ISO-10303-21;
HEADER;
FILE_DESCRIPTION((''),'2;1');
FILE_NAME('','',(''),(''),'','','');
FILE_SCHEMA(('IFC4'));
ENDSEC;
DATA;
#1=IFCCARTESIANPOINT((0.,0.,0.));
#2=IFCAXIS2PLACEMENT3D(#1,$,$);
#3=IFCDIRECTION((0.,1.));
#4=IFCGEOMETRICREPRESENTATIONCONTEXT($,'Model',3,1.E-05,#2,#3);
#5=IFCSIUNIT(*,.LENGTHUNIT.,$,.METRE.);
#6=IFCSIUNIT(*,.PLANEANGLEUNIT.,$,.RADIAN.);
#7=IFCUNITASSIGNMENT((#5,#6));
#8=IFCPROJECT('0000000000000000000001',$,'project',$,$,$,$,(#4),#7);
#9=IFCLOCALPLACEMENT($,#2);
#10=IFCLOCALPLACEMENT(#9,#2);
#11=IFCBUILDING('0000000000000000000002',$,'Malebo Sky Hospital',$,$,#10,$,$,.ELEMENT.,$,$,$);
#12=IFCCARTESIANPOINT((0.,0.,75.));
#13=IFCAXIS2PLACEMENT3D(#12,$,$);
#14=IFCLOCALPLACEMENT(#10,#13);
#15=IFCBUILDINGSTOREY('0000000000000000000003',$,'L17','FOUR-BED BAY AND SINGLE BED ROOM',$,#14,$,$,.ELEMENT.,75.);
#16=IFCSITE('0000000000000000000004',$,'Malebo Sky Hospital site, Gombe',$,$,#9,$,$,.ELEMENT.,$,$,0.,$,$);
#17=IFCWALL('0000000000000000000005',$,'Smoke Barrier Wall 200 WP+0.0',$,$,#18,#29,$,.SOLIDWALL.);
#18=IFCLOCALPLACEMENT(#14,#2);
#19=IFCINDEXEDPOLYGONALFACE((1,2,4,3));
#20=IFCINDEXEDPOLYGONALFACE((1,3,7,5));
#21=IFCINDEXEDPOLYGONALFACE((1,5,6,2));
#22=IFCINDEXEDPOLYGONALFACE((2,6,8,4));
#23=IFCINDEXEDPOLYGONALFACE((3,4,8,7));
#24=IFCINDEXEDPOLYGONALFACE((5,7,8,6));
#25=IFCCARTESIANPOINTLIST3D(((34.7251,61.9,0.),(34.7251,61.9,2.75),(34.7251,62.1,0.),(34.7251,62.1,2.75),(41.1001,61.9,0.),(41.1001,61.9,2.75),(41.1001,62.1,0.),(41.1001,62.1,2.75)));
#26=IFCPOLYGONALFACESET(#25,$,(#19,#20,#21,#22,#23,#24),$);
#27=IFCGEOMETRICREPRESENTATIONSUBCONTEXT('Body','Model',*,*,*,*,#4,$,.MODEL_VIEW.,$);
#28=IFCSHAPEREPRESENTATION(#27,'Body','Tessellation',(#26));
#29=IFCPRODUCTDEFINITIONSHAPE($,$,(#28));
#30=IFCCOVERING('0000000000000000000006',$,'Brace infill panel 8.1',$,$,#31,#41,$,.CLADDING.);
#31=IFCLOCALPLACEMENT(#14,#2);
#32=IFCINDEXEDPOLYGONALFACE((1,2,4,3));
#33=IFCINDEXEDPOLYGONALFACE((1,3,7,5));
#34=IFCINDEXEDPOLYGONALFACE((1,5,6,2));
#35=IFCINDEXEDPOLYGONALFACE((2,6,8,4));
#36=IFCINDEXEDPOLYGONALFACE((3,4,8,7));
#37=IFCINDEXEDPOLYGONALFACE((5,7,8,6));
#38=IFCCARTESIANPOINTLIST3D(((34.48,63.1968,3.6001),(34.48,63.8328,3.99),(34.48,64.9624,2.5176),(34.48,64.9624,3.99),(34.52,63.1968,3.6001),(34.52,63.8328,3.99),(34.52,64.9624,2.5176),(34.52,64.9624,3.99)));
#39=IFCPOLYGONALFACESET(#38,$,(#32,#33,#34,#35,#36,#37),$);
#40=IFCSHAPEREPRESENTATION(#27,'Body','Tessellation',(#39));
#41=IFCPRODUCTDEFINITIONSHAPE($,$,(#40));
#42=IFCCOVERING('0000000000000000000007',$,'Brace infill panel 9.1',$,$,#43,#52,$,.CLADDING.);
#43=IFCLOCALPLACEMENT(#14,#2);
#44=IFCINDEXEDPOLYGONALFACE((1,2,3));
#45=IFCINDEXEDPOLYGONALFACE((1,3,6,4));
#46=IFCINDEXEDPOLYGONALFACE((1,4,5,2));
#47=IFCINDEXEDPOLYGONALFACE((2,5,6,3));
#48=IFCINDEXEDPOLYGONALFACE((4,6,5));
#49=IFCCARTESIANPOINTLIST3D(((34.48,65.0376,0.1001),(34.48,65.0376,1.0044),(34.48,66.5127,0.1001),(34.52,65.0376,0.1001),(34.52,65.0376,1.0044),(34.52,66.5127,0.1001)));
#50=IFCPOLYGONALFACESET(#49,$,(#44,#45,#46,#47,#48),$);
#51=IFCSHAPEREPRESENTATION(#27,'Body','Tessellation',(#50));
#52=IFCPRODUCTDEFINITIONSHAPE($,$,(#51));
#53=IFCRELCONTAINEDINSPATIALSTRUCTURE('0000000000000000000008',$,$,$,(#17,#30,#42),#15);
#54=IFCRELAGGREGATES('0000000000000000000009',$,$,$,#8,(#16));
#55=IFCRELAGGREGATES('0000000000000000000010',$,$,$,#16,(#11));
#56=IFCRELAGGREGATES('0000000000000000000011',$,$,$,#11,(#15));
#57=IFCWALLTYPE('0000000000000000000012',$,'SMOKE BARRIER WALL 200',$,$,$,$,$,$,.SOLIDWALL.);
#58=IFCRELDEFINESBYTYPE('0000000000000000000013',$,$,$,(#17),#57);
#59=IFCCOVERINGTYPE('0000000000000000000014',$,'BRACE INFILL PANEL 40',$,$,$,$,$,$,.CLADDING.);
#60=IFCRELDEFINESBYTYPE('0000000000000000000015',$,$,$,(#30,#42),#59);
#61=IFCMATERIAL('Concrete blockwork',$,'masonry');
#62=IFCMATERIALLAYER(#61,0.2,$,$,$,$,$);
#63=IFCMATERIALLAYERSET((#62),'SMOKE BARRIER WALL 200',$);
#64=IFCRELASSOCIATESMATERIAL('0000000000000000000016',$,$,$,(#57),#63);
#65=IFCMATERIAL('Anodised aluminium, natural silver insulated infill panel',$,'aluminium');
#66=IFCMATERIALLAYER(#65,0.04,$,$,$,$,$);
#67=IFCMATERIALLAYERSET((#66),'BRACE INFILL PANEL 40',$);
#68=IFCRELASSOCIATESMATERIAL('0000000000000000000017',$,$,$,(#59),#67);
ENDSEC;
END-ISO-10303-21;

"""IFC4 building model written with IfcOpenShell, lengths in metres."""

from ifc_helpers import new_model, si_unit, direction, frame, frame_2d, origin, place, context, subcontext, project, spatial, polyline, rectangle, outline, extrude, material, layer, layer_set, type_object, element, save


model = new_model("IFC4")

# Units and contexts
model_context = context("Model", 3, precision=1e-05, world=origin(), true_north=direction((0.0, 1.0)))
body_context = subcontext(model_context, "Body", "Model", "MODEL_VIEW")
ifc_project = project(units=[si_unit("LENGTHUNIT", "METRE"), si_unit("PLANEANGLEUNIT", "RADIAN")], contexts=[model_context])

# Site, building, storey
site_placement = place(None, origin())
site = spatial("IfcSite", under=ifc_project, at=site_placement, Name="Malebo Sky Hospital site, Gombe", CompositionType="ELEMENT", RefElevation=0.0)
building_placement = place(site_placement, origin())
building = spatial("IfcBuilding", under=site, at=building_placement, Name="Malebo Sky Hospital", CompositionType="ELEMENT")
storey_placement = place(building_placement, frame((0.0, 0.0, 75.0)))
storey = spatial("IfcBuildingStorey", under=building, at=storey_placement, Name="L17", Description="FOUR-BED BAY AND SINGLE BED ROOM", CompositionType="ELEMENT", Elevation=75.0)

# Wall
ifc_material_1 = material(Name="Concrete blockwork", Category="masonry")
ifc_layer_1 = layer(ifc_material_1, 0.2)
ifc_layer_set_1 = layer_set([ifc_layer_1], Name="SMOKE BARRIER WALL 200")
wall_type_1 = type_object("IfcWallType", Name="SMOKE BARRIER WALL 200", PredefinedType="SOLIDWALL", material=ifc_layer_set_1)
wall_1_placement = place(storey_placement, frame((41.1001, 62.0, 0.0), z_axis=(0.0, 0.0, 1.0), x_axis=(-1.0, 0.0, 0.0)))
element("IfcWall", 1, at=wall_1_placement, inside=storey, type_object=wall_type_1, Name="Smoke Barrier Wall 200 WP+0.0", PredefinedType="SOLIDWALL", context=body_context, shape_type="SweptSolid", body=[
    extrude(rectangle(XDim=6.375, YDim=0.2, at=frame_2d((3.1875, 0.0))), origin(), (0.0, 0.0, 1.0), 2.75),
])

# Coverings
ifc_material_2 = material(Name="Anodised aluminium, natural silver insulated infill panel", Category="aluminium")
ifc_layer_2 = layer(ifc_material_2, 0.04)
ifc_layer_set_2 = layer_set([ifc_layer_2], Name="BRACE INFILL PANEL 40")
covering_type = type_object("IfcCoveringType", Name="BRACE INFILL PANEL 40", PredefinedType="CLADDING", material=ifc_layer_set_2)
covering_1_placement = place(storey_placement, frame((34.5, 64.0796, 2.5176), z_axis=(0.0, 0.0, 1.0), x_axis=(0.0, 1.0, 0.0)))
element("IfcCovering", 2, at=covering_1_placement, inside=storey, type_object=covering_type, Name="Brace infill panel 8.1", PredefinedType="CLADDING", context=body_context, shape_type="SweptSolid", body=[
    extrude(outline(polyline([(0.8828, 0.0), (0.8828, 1.4724), (-0.2468, 1.4724), (-0.8828, 1.0825), (0.8828, 0.0)])), frame((0.0, 0.02, 0.0), z_axis=(0.0, -1.0, 0.0), x_axis=(1.0, 0.0, 0.0)), (0.0, 0.0, 1.0), 0.04),
])
covering_2_placement = place(storey_placement, frame((34.5, 65.7751, 0.1001), z_axis=(0.0, 0.0, 1.0), x_axis=(0.0, 1.0, 0.0)))
element("IfcCovering", 3, at=covering_2_placement, inside=storey, type_object=covering_type, Name="Brace infill panel 9.1", PredefinedType="CLADDING", context=body_context, shape_type="SweptSolid", body=[
    extrude(outline(polyline([(-0.7375, 0.0), (0.7375, 0.0), (-0.7375, 0.9043), (-0.7375, 0.0)])), frame((0.0, 0.02, 0.0), z_axis=(0.0, -1.0, 0.0), x_axis=(1.0, 0.0, 0.0)), (0.0, 0.0, 1.0), 0.04),
])

save(model, "model.ifc")
